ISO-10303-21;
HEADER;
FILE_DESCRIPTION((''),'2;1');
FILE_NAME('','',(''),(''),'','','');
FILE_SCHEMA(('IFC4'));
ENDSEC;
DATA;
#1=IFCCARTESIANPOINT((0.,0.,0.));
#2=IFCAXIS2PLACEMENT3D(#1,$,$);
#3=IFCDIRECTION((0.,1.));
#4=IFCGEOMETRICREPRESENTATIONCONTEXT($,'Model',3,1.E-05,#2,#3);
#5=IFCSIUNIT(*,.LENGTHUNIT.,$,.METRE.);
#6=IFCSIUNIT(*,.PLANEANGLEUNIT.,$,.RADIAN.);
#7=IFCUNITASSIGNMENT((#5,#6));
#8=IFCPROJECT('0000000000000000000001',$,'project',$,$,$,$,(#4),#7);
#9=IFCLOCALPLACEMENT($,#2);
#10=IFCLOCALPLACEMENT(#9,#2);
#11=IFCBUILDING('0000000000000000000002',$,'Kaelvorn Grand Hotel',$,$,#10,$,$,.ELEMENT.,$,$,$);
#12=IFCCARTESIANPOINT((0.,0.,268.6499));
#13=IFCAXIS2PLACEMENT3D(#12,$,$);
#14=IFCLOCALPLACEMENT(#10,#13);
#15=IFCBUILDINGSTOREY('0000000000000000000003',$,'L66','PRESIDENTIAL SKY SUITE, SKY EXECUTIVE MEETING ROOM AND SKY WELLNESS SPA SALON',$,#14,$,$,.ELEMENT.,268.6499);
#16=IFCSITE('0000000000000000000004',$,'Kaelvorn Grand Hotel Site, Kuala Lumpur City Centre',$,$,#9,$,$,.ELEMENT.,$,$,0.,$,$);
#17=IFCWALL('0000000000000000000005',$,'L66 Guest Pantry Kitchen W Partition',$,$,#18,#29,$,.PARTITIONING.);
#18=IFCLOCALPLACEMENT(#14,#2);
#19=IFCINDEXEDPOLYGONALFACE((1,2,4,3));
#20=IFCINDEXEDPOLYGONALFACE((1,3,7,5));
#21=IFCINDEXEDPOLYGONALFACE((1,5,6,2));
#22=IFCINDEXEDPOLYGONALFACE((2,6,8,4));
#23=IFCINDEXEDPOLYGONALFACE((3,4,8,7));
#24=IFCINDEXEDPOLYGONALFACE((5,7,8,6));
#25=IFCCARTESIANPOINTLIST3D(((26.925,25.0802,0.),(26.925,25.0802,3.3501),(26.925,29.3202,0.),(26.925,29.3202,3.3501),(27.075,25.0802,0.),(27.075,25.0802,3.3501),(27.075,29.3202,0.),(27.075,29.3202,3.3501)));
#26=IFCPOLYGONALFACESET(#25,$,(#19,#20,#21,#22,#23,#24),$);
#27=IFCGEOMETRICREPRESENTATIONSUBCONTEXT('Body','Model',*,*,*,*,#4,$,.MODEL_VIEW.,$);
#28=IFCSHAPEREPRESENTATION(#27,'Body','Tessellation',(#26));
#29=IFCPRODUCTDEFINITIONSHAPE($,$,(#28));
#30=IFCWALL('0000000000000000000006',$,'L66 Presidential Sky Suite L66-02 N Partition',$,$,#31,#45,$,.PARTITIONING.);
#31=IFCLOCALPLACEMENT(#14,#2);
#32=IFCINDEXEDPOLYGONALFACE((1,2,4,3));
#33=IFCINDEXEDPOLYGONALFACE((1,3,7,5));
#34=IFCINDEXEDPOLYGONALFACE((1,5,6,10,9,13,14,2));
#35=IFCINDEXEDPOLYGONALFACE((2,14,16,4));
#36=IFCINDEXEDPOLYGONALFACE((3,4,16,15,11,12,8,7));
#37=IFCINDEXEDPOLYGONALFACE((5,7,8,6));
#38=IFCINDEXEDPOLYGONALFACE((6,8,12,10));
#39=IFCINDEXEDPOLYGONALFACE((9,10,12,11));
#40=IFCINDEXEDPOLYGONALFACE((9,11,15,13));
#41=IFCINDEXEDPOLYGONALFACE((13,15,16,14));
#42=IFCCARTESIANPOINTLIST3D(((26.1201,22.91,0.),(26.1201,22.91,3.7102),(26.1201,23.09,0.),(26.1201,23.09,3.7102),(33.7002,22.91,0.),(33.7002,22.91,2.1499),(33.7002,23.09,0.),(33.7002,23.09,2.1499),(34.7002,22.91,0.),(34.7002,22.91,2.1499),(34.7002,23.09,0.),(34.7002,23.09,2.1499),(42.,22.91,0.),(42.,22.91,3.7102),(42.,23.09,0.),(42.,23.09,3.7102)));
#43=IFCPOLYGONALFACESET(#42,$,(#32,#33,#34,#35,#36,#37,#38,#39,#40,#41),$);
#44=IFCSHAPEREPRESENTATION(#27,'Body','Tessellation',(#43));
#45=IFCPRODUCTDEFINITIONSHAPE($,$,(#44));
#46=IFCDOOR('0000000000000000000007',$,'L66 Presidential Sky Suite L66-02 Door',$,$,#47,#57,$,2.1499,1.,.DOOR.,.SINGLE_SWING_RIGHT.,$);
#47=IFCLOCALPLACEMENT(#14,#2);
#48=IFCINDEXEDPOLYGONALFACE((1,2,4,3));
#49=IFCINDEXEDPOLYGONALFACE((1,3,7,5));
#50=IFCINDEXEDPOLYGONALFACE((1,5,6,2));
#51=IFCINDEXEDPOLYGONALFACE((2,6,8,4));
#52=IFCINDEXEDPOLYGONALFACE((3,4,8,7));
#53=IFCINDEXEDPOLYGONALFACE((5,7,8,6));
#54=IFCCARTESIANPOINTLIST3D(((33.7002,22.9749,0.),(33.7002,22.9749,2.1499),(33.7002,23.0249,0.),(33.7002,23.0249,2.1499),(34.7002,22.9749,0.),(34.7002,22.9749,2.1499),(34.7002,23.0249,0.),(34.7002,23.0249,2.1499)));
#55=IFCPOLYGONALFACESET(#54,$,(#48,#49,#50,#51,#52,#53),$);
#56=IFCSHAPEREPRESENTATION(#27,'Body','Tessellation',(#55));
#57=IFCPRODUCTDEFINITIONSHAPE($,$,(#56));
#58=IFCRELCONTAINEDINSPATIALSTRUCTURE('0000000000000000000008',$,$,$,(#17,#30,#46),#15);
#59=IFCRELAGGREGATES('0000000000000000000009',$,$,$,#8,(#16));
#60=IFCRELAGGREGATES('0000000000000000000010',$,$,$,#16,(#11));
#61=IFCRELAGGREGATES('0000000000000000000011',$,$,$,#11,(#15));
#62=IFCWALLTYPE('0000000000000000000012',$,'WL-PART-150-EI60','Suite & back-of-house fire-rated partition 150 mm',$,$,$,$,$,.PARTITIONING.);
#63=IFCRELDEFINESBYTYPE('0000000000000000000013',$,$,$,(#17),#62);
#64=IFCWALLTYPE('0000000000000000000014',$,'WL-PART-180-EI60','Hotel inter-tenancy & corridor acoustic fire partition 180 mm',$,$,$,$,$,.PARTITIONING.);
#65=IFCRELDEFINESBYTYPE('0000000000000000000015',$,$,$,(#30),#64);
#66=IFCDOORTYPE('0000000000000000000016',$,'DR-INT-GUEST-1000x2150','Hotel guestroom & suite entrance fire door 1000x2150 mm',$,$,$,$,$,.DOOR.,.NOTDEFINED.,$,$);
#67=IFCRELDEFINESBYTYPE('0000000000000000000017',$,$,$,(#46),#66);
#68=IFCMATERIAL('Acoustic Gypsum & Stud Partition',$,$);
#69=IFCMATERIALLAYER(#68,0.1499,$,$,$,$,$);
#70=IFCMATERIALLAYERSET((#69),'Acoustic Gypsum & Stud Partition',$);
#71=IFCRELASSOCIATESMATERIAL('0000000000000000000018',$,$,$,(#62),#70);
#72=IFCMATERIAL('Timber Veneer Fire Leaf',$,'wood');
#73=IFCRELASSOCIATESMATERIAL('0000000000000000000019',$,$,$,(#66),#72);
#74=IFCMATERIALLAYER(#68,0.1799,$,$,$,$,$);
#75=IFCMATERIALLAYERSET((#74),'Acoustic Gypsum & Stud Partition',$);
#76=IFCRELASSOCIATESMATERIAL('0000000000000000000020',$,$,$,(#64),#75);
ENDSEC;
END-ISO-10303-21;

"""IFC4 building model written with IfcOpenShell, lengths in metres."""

from ifc_helpers import new_model, si_unit, direction, frame, frame_2d, origin, place, context, subcontext, project, spatial, rectangle, extrude, material, layer, layer_set, type_object, element, fill, save


model = new_model("IFC4")

# Units and contexts
model_context = context("Model", 3, precision=1e-05, world=origin(), true_north=direction((0.0, 1.0)))
body_context = subcontext(model_context, "Body", "Model", "MODEL_VIEW")
ifc_project = project(units=[si_unit("LENGTHUNIT", "METRE"), si_unit("PLANEANGLEUNIT", "RADIAN")], contexts=[model_context])

# Site, building, storey
site_placement = place(None, origin())
site = spatial("IfcSite", under=ifc_project, at=site_placement, Name="Kaelvorn Grand Hotel Site, Kuala Lumpur City Centre", CompositionType="ELEMENT", RefElevation=0.0)
building_placement = place(site_placement, origin())
building = spatial("IfcBuilding", under=site, at=building_placement, Name="Kaelvorn Grand Hotel", CompositionType="ELEMENT")
storey_placement = place(building_placement, frame((0.0, 0.0, 268.6499)))
storey = spatial("IfcBuildingStorey", under=building, at=storey_placement, Name="L66", Description="PRESIDENTIAL SKY SUITE, SKY EXECUTIVE MEETING ROOM AND SKY WELLNESS SPA SALON", CompositionType="ELEMENT", Elevation=268.6499)

# Shared definitions
ifc_material_1 = material(Name="Acoustic Gypsum & Stud Partition")
ifc_layer_1 = layer(ifc_material_1, 0.1499)
ifc_layer_set_1 = layer_set([ifc_layer_1], Name="Acoustic Gypsum & Stud Partition")
wall_type_1 = type_object("IfcWallType", Name="WL-PART-150-EI60", Description="Suite & back-of-house fire-rated partition 150 mm", PredefinedType="PARTITIONING", material=ifc_layer_set_1)

# Shared definitions
ifc_material_2 = material(Name="Timber Veneer Fire Leaf", Category="wood")
door_type_1 = type_object("IfcDoorType", Name="DR-INT-GUEST-1000x2150", Description="Hotel guestroom & suite entrance fire door 1000x2150 mm", OperationType="NOTDEFINED", PredefinedType="DOOR", material=ifc_material_2)

# Wall
wall_1_placement = place(storey_placement, frame((27.0, 25.0801, 0.0), z_axis=(0.0, 0.0, 1.0), x_axis=(0.0, 1.0, 0.0)))
element("IfcWall", 1, at=wall_1_placement, inside=storey, type_object=wall_type_1, Name="L66 Guest Pantry Kitchen W Partition", PredefinedType="PARTITIONING", context=body_context, shape_type="SweptSolid", body=[
    extrude(rectangle(XDim=4.24, YDim=0.1499, at=frame_2d((2.1201, 0.0))), origin(), (0.0, 0.0, 1.0), 3.3501),
])

# Wall, opening, door
ifc_layer_2 = layer(ifc_material_1, 0.1799)
ifc_layer_set_2 = layer_set([ifc_layer_2], Name="Acoustic Gypsum & Stud Partition")
wall_type_2 = type_object("IfcWallType", Name="WL-PART-180-EI60", Description="Hotel inter-tenancy & corridor acoustic fire partition 180 mm", PredefinedType="PARTITIONING", material=ifc_layer_set_2)
wall_2_placement = place(storey_placement, frame((26.1201, 23.0, 0.0), z_axis=(0.0, 0.0, 1.0), x_axis=(1.0, 0.0, 0.0)))
wall_2 = element("IfcWall", 2, at=wall_2_placement, inside=storey, type_object=wall_type_2, Name="L66 Presidential Sky Suite L66-02 N Partition", PredefinedType="PARTITIONING", context=body_context, shape_type="SweptSolid", body=[
    extrude(rectangle(XDim=15.8799, YDim=0.1799, at=frame_2d((7.9399, 0.0))), origin(), (0.0, 0.0, 1.0), 3.7102),
])
opening_1_placement = place(wall_2_placement, frame((7.5801, 0.0, 0.0)))
opening_1 = element("IfcOpeningElement", 3, at=opening_1_placement, cuts=wall_2, PredefinedType="OPENING", context=body_context, shape_type="SweptSolid", body=[
    extrude(rectangle(XDim=1.0, YDim=2.1499, at=frame_2d((0.5, 1.075))), frame((0.0, 0.1001, 0.0), z_axis=(0.0, -1.0, 0.0), x_axis=(1.0, 0.0, 0.0)), (0.0, 0.0, 1.0), 0.2),
])
door_1_placement = place(opening_1_placement, origin())
door_1 = element("IfcDoor", 4, at=door_1_placement, inside=storey, type_object=door_type_1, Name="L66 Presidential Sky Suite L66-02 Door", OperationType="SINGLE_SWING_RIGHT", OverallHeight=2.1499, OverallWidth=1.0, PredefinedType="DOOR", context=body_context, shape_type="SweptSolid", body=[
    extrude(rectangle(XDim=1.0, YDim=2.1499, at=frame_2d((0.5, 1.075))), frame((0.0, 0.0249, 0.0), z_axis=(0.0, -1.0, 0.0), x_axis=(1.0, 0.0, 0.0)), (0.0, 0.0, 1.0), 0.05),
])
fill(opening_1, door_1)

save(model, "model.ifc")
